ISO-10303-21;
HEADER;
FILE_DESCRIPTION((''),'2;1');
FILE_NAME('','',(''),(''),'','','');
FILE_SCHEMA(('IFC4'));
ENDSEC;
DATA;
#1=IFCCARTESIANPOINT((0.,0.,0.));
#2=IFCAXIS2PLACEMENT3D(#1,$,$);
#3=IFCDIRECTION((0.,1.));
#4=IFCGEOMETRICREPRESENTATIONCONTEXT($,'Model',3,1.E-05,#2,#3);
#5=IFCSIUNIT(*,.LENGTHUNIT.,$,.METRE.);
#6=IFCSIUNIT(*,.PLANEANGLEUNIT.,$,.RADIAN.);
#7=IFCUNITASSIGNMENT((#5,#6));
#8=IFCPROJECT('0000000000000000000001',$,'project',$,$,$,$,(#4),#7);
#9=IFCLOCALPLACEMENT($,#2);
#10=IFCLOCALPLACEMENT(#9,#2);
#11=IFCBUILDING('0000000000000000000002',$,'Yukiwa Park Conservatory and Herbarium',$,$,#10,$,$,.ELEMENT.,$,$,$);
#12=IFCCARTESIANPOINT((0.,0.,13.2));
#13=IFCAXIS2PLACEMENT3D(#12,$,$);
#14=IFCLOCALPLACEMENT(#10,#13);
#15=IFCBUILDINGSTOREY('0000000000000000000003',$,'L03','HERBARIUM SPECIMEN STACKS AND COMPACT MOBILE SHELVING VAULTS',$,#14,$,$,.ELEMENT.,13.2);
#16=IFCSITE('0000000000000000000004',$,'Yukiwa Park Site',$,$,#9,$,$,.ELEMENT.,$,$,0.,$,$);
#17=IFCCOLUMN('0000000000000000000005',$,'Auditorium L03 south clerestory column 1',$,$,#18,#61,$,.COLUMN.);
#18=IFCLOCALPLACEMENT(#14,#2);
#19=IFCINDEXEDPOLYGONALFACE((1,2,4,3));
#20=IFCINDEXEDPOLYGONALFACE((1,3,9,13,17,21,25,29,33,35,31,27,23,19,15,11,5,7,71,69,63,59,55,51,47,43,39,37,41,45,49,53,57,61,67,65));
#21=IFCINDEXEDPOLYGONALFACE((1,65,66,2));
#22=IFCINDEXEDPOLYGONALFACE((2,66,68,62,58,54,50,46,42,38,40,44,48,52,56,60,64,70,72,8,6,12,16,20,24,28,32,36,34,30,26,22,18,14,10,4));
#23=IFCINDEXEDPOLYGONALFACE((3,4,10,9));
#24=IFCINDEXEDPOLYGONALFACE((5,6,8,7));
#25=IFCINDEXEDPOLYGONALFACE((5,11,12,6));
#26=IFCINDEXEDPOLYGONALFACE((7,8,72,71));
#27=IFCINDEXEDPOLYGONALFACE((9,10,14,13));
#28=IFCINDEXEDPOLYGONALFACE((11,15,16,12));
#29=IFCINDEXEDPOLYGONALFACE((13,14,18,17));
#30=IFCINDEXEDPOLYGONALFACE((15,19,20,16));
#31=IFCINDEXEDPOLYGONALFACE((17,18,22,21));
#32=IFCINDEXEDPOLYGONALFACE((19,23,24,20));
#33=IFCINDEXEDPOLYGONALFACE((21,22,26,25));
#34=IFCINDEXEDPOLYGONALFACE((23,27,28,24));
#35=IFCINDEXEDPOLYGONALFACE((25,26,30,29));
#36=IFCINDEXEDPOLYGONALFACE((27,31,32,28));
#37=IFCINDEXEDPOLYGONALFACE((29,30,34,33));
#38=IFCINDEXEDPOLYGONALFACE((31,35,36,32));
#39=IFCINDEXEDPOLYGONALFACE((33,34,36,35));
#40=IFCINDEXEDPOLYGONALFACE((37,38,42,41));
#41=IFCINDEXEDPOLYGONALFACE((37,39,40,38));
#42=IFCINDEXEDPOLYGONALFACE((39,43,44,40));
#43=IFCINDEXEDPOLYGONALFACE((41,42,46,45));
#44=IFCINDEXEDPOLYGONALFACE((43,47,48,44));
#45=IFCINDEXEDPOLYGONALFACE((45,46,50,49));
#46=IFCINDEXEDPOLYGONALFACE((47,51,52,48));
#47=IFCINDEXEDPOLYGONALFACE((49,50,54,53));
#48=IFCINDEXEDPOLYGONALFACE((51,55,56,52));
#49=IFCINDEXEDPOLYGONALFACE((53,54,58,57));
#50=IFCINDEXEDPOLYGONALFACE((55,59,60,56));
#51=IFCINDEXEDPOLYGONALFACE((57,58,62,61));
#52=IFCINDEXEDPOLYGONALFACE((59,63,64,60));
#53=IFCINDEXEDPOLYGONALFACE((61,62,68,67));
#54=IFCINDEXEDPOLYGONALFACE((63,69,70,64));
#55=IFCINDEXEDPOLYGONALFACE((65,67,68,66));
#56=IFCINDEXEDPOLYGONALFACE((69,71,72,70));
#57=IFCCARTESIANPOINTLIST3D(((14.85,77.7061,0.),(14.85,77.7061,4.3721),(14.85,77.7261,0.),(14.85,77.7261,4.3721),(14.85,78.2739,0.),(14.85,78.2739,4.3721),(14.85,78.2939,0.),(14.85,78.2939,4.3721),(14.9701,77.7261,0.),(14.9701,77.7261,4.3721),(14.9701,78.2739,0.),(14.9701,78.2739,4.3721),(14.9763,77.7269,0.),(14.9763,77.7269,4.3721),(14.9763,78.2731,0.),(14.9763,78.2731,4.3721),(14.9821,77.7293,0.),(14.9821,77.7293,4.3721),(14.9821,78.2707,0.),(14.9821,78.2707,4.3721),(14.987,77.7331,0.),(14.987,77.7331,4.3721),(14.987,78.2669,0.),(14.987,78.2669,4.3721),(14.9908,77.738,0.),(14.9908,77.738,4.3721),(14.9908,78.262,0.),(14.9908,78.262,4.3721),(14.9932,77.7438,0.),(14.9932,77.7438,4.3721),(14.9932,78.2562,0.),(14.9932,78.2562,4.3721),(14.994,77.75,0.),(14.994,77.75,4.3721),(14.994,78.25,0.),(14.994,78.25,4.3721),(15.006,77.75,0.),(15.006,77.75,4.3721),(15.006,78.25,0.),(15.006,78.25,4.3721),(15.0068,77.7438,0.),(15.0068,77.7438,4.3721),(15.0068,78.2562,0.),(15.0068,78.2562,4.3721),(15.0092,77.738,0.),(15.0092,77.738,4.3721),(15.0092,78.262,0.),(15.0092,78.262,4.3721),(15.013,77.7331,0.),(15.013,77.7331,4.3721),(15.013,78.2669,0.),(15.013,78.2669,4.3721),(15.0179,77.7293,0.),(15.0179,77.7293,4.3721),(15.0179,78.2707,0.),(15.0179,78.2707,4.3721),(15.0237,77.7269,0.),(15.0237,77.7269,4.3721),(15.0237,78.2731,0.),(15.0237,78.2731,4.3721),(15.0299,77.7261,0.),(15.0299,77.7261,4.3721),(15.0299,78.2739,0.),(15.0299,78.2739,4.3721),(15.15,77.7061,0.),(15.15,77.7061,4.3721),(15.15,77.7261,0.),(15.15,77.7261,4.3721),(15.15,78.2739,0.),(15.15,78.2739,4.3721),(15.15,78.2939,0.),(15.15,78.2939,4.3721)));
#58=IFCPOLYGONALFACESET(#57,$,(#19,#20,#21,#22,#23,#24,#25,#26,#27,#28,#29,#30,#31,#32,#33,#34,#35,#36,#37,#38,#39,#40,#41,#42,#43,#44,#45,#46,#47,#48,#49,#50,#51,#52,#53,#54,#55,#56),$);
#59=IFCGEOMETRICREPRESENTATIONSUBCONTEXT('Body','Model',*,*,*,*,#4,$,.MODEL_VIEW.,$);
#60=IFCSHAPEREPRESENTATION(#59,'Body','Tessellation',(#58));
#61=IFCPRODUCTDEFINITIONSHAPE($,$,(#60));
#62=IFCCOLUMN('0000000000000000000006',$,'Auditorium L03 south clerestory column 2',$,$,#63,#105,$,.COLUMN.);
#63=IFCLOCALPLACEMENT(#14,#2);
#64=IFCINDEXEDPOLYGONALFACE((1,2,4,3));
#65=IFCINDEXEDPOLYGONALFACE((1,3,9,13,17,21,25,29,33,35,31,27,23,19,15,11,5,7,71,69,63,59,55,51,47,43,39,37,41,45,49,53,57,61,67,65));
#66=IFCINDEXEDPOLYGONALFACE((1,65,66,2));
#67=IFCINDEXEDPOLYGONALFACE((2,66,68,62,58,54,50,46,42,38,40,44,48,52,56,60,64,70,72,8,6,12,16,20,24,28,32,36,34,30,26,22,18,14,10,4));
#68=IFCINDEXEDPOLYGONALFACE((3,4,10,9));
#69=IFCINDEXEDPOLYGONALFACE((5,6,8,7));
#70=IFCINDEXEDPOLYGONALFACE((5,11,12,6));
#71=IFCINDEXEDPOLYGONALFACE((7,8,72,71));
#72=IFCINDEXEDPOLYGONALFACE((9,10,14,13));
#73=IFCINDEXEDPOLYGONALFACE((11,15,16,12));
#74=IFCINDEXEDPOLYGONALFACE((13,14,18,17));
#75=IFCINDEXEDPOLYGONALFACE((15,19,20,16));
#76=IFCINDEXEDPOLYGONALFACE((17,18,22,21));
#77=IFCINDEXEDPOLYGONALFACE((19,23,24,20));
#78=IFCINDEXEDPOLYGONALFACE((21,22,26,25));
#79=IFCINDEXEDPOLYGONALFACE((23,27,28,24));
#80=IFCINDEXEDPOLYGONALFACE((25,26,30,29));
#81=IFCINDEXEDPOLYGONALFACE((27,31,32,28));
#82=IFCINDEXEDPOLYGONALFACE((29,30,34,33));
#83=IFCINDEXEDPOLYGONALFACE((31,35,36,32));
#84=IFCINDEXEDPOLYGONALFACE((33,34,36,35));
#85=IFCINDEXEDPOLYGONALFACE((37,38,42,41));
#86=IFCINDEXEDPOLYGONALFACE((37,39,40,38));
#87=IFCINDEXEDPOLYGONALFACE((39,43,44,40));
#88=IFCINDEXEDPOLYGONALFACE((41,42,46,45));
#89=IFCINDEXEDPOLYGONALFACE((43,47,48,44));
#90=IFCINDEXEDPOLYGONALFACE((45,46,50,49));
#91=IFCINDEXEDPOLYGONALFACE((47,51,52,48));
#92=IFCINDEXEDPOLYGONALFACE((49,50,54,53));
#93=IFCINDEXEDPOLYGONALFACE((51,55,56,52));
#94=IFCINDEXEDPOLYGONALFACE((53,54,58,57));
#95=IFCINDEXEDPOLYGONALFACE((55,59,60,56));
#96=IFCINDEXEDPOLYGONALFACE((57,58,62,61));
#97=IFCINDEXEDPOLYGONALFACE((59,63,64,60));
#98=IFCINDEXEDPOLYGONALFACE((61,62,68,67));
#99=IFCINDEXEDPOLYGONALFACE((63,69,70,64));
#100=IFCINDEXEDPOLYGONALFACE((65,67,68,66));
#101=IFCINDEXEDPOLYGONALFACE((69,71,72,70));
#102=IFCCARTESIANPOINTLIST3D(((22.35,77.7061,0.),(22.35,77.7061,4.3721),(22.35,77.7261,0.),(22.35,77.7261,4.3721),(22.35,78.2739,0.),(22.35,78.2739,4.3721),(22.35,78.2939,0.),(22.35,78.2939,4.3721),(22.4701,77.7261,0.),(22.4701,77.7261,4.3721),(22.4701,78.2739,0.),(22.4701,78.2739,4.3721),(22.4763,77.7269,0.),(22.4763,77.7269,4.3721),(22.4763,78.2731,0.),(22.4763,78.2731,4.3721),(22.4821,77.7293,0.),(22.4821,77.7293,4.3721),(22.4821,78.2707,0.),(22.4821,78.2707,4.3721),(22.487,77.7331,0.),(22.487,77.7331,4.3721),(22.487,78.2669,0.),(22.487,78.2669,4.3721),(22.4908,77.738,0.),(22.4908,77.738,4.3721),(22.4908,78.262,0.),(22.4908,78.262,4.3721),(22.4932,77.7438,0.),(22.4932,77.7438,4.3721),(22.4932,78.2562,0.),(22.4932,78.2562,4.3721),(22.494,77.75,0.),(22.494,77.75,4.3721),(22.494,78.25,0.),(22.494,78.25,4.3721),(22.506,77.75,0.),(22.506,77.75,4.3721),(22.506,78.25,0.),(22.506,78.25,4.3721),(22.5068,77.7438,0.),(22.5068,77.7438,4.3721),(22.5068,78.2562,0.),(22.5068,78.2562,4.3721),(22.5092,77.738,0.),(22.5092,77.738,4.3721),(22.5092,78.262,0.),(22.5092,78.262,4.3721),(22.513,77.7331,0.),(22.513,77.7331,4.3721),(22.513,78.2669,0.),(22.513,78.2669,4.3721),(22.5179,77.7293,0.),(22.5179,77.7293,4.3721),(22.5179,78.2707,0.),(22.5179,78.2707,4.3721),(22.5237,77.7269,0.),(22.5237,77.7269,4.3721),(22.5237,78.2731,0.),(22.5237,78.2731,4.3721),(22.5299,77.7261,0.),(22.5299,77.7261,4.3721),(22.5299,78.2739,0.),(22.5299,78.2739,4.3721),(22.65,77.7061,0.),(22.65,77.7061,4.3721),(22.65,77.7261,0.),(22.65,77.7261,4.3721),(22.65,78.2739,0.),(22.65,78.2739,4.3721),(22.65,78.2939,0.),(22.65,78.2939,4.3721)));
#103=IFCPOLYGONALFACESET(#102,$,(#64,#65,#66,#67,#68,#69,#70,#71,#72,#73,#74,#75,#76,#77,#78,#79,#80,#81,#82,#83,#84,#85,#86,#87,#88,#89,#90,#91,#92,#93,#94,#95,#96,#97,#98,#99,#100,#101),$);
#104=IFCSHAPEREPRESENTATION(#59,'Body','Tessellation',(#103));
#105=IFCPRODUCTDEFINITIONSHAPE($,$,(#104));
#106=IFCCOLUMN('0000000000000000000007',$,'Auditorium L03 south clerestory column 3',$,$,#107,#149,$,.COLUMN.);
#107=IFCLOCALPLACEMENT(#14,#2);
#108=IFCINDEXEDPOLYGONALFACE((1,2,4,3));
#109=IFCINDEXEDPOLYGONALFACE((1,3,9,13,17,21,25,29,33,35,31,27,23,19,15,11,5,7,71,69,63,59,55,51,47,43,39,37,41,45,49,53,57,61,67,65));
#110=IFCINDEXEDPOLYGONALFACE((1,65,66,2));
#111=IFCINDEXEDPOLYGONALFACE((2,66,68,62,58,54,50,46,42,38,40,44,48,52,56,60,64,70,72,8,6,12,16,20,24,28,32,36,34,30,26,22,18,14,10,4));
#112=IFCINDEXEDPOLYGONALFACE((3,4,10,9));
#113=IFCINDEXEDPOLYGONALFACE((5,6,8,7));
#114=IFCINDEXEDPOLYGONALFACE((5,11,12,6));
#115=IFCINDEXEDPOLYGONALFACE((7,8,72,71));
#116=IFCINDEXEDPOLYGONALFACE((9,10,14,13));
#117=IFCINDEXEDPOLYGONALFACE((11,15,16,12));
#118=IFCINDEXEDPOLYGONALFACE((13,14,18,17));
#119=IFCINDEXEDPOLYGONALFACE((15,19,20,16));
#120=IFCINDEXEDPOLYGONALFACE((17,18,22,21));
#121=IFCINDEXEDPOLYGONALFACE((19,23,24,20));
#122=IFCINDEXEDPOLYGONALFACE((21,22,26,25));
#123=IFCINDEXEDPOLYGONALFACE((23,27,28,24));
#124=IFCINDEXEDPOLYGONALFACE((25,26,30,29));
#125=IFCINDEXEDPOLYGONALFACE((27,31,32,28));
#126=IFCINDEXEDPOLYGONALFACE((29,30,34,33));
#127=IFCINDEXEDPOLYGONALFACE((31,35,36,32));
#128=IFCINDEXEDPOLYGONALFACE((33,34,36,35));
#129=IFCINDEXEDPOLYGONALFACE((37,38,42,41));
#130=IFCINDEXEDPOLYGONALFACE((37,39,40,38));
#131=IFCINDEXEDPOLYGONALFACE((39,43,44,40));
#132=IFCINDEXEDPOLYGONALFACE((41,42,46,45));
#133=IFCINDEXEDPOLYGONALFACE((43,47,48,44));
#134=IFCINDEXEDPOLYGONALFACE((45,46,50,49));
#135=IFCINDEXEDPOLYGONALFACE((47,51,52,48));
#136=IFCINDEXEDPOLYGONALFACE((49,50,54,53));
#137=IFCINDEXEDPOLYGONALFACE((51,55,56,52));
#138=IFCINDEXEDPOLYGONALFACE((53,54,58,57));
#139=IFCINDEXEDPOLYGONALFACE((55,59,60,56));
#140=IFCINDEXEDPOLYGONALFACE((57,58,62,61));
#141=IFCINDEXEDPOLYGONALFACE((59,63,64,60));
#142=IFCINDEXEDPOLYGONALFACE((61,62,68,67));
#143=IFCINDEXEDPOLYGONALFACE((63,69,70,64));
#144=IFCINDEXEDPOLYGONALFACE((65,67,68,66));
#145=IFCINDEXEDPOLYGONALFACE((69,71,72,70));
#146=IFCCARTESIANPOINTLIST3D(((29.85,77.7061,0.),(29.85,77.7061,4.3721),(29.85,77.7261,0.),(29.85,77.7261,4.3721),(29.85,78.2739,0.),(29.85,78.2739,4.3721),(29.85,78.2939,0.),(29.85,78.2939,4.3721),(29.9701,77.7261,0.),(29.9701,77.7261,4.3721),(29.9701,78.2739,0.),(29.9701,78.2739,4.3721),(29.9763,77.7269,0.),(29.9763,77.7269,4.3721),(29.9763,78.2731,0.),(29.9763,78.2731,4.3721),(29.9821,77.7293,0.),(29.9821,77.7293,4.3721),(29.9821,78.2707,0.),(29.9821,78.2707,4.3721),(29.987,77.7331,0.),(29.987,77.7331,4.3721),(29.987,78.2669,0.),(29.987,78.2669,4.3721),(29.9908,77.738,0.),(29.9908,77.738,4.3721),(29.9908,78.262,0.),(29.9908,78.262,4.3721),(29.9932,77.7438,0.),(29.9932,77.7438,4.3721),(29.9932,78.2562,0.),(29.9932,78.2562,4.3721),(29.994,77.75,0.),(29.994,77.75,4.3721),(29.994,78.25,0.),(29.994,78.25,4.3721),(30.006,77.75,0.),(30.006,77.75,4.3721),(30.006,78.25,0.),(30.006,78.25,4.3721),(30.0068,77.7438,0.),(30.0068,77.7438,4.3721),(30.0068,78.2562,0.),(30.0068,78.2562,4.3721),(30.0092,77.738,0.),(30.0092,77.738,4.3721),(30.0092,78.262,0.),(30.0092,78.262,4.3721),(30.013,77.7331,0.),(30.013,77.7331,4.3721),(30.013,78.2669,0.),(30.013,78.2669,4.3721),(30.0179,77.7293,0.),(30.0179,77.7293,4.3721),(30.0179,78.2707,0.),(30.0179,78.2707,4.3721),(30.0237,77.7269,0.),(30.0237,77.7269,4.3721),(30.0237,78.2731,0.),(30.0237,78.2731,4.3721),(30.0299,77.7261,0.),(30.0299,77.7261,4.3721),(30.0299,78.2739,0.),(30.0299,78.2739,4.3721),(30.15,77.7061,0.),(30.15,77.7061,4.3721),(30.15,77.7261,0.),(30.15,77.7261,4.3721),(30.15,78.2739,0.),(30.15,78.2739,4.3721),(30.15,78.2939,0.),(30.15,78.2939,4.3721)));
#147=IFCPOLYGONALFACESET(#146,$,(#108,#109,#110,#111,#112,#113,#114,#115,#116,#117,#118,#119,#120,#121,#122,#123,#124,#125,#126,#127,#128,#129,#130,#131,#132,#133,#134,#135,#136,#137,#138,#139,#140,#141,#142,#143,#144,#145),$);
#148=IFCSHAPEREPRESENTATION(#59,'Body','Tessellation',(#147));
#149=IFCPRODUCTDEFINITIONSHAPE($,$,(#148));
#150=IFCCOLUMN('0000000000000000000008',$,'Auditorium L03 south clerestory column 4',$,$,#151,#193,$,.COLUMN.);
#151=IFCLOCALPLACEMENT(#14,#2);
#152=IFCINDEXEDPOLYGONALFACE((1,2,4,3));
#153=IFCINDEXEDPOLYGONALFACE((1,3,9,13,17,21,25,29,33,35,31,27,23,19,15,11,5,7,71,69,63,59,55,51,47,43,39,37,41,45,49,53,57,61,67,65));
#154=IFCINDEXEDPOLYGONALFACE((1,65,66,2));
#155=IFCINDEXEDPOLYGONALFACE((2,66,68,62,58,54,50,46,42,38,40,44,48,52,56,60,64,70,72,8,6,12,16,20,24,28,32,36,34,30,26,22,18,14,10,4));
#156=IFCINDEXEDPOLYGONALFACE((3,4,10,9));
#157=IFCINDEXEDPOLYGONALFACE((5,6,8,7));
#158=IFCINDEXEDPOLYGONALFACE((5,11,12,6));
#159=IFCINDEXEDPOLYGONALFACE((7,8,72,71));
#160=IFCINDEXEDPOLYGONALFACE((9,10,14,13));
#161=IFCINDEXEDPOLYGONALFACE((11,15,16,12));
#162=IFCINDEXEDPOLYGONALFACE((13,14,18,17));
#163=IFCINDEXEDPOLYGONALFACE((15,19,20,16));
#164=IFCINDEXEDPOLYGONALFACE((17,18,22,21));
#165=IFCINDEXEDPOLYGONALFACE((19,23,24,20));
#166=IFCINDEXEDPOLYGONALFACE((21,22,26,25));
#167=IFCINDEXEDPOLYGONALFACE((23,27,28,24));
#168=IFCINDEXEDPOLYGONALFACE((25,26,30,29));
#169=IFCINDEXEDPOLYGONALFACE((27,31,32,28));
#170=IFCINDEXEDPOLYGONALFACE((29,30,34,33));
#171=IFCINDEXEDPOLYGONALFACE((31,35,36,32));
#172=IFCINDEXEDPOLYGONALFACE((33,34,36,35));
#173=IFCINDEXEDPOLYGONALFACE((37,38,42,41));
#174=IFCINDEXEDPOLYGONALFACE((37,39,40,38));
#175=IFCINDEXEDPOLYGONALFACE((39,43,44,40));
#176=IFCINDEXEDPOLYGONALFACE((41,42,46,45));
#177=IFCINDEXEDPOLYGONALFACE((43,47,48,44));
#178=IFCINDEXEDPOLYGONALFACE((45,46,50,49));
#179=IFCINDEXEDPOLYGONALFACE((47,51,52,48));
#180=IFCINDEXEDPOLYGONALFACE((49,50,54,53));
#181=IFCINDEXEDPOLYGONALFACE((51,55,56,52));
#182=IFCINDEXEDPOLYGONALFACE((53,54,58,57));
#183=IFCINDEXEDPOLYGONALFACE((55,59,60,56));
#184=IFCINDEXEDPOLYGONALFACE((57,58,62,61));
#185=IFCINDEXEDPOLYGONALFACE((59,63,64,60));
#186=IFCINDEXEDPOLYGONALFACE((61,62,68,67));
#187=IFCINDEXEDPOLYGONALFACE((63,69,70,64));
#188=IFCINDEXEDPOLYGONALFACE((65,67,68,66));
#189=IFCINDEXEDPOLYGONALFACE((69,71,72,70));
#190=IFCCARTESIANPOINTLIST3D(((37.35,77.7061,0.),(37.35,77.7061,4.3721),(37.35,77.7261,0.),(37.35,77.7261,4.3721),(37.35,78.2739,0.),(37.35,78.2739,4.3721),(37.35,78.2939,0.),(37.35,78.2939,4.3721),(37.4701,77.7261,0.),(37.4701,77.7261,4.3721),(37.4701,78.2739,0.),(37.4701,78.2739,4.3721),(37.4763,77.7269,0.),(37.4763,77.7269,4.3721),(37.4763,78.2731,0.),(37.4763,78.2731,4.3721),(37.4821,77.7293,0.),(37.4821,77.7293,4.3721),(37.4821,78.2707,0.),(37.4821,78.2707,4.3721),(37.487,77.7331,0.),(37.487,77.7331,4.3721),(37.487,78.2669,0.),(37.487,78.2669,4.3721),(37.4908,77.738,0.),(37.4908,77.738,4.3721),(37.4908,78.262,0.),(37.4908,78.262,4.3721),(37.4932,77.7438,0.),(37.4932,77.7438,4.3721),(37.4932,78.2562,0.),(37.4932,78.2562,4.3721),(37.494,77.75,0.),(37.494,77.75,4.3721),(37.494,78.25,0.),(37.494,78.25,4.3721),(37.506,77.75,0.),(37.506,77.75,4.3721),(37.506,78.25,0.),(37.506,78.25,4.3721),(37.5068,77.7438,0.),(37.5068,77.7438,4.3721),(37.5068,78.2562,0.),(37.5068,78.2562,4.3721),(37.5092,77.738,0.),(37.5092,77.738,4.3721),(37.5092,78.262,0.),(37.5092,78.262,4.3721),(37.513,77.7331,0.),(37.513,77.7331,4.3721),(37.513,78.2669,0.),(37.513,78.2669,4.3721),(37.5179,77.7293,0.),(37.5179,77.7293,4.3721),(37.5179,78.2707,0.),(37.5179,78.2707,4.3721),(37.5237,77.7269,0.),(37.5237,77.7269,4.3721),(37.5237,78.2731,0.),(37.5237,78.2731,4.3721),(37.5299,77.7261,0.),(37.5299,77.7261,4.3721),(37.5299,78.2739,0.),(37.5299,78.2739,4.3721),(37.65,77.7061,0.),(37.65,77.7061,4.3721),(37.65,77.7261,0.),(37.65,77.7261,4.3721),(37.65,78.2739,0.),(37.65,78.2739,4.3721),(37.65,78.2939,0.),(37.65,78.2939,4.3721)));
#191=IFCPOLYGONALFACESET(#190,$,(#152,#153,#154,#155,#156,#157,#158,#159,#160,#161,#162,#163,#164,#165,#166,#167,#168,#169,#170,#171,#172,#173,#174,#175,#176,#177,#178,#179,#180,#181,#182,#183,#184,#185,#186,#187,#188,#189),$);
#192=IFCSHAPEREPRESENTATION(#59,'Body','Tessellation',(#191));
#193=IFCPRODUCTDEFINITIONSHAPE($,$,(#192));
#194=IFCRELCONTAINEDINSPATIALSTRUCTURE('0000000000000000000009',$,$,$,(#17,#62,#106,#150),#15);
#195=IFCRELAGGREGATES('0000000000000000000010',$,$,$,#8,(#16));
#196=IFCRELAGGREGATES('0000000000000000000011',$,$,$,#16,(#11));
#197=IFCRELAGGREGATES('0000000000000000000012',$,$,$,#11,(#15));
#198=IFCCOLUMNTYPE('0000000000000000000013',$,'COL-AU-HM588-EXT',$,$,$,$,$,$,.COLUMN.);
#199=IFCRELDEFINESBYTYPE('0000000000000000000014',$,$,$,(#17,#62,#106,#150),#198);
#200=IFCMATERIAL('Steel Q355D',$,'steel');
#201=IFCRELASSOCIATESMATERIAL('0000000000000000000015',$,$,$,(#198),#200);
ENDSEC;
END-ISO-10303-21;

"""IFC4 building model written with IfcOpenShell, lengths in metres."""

from ifc_helpers import new_model, si_unit, direction, frame, origin, origin_2d, place, context, subcontext, project, spatial, i_section, extrude, material, material_profile, profile_set, type_object, element, save


model = new_model("IFC4")

# Units and contexts
model_context = context("Model", 3, precision=1e-05, world=origin(), true_north=direction((0.0, 1.0)))
body_context = subcontext(model_context, "Body", "Model", "MODEL_VIEW")
ifc_project = project(units=[si_unit("LENGTHUNIT", "METRE"), si_unit("PLANEANGLEUNIT", "RADIAN")], contexts=[model_context])

# Site, building, storey
site_placement = place(None, origin())
site = spatial("IfcSite", under=ifc_project, at=site_placement, Name="Yukiwa Park Site", CompositionType="ELEMENT", RefElevation=0.0)
building_placement = place(site_placement, origin())
building = spatial("IfcBuilding", under=site, at=building_placement, Name="Yukiwa Park Conservatory and Herbarium", CompositionType="ELEMENT")
storey_placement = place(building_placement, frame((0.0, 0.0, 13.2)))
storey = spatial("IfcBuildingStorey", under=building, at=storey_placement, Name="L03", Description="HERBARIUM SPECIMEN STACKS AND COMPACT MOBILE SHELVING VAULTS", CompositionType="ELEMENT", Elevation=13.2)

# Columns
ifc_material_1 = material(Name="Steel Q355D", Category="steel")
ifc_material_profile_1 = material_profile(ifc_material_1, i_section(OverallWidth=0.3, OverallDepth=0.5879, WebThickness=0.012, FlangeThickness=0.02, FilletRadius=0.0239, at=origin_2d()), Name="HM 588x300x12x20")
ifc_profile_set_1 = profile_set([ifc_material_profile_1], Name="Steel Q355D")
column_type = type_object("IfcColumnType", Name="COL-AU-HM588-EXT", PredefinedType="COLUMN", material=ifc_profile_set_1)
for number, where, z_axis, x_axis, name in (
    (1, (15.0, 78.0, 0.0), (0.0, 0.0, 1.0), (1.0, 0.0, 0.0), "Auditorium L03 south clerestory column 1"),
    (2, (22.5, 78.0, 0.0), (0.0, 0.0, 1.0), (1.0, 0.0, 0.0), "Auditorium L03 south clerestory column 2"),
    (3, (30.0, 78.0, 0.0), (0.0, 0.0, 1.0), (1.0, 0.0, 0.0), "Auditorium L03 south clerestory column 3"),
    (4, (37.5, 78.0, 0.0), (0.0, 0.0, 1.0), (1.0, 0.0, 0.0), "Auditorium L03 south clerestory column 4"),
):
    element("IfcColumn", number, at=place(storey_placement, frame(where, z_axis=z_axis, x_axis=x_axis)), inside=storey, type_object=column_type, Name=name, PredefinedType="COLUMN", context=body_context, shape_type="SweptSolid", body=[
        extrude(i_section(OverallWidth=0.3, OverallDepth=0.5879, WebThickness=0.012, FlangeThickness=0.02, FilletRadius=0.0239, at=origin_2d()), origin(), (0.0, 0.0, 1.0), 4.3721),
    ])

save(model, "model.ifc")
